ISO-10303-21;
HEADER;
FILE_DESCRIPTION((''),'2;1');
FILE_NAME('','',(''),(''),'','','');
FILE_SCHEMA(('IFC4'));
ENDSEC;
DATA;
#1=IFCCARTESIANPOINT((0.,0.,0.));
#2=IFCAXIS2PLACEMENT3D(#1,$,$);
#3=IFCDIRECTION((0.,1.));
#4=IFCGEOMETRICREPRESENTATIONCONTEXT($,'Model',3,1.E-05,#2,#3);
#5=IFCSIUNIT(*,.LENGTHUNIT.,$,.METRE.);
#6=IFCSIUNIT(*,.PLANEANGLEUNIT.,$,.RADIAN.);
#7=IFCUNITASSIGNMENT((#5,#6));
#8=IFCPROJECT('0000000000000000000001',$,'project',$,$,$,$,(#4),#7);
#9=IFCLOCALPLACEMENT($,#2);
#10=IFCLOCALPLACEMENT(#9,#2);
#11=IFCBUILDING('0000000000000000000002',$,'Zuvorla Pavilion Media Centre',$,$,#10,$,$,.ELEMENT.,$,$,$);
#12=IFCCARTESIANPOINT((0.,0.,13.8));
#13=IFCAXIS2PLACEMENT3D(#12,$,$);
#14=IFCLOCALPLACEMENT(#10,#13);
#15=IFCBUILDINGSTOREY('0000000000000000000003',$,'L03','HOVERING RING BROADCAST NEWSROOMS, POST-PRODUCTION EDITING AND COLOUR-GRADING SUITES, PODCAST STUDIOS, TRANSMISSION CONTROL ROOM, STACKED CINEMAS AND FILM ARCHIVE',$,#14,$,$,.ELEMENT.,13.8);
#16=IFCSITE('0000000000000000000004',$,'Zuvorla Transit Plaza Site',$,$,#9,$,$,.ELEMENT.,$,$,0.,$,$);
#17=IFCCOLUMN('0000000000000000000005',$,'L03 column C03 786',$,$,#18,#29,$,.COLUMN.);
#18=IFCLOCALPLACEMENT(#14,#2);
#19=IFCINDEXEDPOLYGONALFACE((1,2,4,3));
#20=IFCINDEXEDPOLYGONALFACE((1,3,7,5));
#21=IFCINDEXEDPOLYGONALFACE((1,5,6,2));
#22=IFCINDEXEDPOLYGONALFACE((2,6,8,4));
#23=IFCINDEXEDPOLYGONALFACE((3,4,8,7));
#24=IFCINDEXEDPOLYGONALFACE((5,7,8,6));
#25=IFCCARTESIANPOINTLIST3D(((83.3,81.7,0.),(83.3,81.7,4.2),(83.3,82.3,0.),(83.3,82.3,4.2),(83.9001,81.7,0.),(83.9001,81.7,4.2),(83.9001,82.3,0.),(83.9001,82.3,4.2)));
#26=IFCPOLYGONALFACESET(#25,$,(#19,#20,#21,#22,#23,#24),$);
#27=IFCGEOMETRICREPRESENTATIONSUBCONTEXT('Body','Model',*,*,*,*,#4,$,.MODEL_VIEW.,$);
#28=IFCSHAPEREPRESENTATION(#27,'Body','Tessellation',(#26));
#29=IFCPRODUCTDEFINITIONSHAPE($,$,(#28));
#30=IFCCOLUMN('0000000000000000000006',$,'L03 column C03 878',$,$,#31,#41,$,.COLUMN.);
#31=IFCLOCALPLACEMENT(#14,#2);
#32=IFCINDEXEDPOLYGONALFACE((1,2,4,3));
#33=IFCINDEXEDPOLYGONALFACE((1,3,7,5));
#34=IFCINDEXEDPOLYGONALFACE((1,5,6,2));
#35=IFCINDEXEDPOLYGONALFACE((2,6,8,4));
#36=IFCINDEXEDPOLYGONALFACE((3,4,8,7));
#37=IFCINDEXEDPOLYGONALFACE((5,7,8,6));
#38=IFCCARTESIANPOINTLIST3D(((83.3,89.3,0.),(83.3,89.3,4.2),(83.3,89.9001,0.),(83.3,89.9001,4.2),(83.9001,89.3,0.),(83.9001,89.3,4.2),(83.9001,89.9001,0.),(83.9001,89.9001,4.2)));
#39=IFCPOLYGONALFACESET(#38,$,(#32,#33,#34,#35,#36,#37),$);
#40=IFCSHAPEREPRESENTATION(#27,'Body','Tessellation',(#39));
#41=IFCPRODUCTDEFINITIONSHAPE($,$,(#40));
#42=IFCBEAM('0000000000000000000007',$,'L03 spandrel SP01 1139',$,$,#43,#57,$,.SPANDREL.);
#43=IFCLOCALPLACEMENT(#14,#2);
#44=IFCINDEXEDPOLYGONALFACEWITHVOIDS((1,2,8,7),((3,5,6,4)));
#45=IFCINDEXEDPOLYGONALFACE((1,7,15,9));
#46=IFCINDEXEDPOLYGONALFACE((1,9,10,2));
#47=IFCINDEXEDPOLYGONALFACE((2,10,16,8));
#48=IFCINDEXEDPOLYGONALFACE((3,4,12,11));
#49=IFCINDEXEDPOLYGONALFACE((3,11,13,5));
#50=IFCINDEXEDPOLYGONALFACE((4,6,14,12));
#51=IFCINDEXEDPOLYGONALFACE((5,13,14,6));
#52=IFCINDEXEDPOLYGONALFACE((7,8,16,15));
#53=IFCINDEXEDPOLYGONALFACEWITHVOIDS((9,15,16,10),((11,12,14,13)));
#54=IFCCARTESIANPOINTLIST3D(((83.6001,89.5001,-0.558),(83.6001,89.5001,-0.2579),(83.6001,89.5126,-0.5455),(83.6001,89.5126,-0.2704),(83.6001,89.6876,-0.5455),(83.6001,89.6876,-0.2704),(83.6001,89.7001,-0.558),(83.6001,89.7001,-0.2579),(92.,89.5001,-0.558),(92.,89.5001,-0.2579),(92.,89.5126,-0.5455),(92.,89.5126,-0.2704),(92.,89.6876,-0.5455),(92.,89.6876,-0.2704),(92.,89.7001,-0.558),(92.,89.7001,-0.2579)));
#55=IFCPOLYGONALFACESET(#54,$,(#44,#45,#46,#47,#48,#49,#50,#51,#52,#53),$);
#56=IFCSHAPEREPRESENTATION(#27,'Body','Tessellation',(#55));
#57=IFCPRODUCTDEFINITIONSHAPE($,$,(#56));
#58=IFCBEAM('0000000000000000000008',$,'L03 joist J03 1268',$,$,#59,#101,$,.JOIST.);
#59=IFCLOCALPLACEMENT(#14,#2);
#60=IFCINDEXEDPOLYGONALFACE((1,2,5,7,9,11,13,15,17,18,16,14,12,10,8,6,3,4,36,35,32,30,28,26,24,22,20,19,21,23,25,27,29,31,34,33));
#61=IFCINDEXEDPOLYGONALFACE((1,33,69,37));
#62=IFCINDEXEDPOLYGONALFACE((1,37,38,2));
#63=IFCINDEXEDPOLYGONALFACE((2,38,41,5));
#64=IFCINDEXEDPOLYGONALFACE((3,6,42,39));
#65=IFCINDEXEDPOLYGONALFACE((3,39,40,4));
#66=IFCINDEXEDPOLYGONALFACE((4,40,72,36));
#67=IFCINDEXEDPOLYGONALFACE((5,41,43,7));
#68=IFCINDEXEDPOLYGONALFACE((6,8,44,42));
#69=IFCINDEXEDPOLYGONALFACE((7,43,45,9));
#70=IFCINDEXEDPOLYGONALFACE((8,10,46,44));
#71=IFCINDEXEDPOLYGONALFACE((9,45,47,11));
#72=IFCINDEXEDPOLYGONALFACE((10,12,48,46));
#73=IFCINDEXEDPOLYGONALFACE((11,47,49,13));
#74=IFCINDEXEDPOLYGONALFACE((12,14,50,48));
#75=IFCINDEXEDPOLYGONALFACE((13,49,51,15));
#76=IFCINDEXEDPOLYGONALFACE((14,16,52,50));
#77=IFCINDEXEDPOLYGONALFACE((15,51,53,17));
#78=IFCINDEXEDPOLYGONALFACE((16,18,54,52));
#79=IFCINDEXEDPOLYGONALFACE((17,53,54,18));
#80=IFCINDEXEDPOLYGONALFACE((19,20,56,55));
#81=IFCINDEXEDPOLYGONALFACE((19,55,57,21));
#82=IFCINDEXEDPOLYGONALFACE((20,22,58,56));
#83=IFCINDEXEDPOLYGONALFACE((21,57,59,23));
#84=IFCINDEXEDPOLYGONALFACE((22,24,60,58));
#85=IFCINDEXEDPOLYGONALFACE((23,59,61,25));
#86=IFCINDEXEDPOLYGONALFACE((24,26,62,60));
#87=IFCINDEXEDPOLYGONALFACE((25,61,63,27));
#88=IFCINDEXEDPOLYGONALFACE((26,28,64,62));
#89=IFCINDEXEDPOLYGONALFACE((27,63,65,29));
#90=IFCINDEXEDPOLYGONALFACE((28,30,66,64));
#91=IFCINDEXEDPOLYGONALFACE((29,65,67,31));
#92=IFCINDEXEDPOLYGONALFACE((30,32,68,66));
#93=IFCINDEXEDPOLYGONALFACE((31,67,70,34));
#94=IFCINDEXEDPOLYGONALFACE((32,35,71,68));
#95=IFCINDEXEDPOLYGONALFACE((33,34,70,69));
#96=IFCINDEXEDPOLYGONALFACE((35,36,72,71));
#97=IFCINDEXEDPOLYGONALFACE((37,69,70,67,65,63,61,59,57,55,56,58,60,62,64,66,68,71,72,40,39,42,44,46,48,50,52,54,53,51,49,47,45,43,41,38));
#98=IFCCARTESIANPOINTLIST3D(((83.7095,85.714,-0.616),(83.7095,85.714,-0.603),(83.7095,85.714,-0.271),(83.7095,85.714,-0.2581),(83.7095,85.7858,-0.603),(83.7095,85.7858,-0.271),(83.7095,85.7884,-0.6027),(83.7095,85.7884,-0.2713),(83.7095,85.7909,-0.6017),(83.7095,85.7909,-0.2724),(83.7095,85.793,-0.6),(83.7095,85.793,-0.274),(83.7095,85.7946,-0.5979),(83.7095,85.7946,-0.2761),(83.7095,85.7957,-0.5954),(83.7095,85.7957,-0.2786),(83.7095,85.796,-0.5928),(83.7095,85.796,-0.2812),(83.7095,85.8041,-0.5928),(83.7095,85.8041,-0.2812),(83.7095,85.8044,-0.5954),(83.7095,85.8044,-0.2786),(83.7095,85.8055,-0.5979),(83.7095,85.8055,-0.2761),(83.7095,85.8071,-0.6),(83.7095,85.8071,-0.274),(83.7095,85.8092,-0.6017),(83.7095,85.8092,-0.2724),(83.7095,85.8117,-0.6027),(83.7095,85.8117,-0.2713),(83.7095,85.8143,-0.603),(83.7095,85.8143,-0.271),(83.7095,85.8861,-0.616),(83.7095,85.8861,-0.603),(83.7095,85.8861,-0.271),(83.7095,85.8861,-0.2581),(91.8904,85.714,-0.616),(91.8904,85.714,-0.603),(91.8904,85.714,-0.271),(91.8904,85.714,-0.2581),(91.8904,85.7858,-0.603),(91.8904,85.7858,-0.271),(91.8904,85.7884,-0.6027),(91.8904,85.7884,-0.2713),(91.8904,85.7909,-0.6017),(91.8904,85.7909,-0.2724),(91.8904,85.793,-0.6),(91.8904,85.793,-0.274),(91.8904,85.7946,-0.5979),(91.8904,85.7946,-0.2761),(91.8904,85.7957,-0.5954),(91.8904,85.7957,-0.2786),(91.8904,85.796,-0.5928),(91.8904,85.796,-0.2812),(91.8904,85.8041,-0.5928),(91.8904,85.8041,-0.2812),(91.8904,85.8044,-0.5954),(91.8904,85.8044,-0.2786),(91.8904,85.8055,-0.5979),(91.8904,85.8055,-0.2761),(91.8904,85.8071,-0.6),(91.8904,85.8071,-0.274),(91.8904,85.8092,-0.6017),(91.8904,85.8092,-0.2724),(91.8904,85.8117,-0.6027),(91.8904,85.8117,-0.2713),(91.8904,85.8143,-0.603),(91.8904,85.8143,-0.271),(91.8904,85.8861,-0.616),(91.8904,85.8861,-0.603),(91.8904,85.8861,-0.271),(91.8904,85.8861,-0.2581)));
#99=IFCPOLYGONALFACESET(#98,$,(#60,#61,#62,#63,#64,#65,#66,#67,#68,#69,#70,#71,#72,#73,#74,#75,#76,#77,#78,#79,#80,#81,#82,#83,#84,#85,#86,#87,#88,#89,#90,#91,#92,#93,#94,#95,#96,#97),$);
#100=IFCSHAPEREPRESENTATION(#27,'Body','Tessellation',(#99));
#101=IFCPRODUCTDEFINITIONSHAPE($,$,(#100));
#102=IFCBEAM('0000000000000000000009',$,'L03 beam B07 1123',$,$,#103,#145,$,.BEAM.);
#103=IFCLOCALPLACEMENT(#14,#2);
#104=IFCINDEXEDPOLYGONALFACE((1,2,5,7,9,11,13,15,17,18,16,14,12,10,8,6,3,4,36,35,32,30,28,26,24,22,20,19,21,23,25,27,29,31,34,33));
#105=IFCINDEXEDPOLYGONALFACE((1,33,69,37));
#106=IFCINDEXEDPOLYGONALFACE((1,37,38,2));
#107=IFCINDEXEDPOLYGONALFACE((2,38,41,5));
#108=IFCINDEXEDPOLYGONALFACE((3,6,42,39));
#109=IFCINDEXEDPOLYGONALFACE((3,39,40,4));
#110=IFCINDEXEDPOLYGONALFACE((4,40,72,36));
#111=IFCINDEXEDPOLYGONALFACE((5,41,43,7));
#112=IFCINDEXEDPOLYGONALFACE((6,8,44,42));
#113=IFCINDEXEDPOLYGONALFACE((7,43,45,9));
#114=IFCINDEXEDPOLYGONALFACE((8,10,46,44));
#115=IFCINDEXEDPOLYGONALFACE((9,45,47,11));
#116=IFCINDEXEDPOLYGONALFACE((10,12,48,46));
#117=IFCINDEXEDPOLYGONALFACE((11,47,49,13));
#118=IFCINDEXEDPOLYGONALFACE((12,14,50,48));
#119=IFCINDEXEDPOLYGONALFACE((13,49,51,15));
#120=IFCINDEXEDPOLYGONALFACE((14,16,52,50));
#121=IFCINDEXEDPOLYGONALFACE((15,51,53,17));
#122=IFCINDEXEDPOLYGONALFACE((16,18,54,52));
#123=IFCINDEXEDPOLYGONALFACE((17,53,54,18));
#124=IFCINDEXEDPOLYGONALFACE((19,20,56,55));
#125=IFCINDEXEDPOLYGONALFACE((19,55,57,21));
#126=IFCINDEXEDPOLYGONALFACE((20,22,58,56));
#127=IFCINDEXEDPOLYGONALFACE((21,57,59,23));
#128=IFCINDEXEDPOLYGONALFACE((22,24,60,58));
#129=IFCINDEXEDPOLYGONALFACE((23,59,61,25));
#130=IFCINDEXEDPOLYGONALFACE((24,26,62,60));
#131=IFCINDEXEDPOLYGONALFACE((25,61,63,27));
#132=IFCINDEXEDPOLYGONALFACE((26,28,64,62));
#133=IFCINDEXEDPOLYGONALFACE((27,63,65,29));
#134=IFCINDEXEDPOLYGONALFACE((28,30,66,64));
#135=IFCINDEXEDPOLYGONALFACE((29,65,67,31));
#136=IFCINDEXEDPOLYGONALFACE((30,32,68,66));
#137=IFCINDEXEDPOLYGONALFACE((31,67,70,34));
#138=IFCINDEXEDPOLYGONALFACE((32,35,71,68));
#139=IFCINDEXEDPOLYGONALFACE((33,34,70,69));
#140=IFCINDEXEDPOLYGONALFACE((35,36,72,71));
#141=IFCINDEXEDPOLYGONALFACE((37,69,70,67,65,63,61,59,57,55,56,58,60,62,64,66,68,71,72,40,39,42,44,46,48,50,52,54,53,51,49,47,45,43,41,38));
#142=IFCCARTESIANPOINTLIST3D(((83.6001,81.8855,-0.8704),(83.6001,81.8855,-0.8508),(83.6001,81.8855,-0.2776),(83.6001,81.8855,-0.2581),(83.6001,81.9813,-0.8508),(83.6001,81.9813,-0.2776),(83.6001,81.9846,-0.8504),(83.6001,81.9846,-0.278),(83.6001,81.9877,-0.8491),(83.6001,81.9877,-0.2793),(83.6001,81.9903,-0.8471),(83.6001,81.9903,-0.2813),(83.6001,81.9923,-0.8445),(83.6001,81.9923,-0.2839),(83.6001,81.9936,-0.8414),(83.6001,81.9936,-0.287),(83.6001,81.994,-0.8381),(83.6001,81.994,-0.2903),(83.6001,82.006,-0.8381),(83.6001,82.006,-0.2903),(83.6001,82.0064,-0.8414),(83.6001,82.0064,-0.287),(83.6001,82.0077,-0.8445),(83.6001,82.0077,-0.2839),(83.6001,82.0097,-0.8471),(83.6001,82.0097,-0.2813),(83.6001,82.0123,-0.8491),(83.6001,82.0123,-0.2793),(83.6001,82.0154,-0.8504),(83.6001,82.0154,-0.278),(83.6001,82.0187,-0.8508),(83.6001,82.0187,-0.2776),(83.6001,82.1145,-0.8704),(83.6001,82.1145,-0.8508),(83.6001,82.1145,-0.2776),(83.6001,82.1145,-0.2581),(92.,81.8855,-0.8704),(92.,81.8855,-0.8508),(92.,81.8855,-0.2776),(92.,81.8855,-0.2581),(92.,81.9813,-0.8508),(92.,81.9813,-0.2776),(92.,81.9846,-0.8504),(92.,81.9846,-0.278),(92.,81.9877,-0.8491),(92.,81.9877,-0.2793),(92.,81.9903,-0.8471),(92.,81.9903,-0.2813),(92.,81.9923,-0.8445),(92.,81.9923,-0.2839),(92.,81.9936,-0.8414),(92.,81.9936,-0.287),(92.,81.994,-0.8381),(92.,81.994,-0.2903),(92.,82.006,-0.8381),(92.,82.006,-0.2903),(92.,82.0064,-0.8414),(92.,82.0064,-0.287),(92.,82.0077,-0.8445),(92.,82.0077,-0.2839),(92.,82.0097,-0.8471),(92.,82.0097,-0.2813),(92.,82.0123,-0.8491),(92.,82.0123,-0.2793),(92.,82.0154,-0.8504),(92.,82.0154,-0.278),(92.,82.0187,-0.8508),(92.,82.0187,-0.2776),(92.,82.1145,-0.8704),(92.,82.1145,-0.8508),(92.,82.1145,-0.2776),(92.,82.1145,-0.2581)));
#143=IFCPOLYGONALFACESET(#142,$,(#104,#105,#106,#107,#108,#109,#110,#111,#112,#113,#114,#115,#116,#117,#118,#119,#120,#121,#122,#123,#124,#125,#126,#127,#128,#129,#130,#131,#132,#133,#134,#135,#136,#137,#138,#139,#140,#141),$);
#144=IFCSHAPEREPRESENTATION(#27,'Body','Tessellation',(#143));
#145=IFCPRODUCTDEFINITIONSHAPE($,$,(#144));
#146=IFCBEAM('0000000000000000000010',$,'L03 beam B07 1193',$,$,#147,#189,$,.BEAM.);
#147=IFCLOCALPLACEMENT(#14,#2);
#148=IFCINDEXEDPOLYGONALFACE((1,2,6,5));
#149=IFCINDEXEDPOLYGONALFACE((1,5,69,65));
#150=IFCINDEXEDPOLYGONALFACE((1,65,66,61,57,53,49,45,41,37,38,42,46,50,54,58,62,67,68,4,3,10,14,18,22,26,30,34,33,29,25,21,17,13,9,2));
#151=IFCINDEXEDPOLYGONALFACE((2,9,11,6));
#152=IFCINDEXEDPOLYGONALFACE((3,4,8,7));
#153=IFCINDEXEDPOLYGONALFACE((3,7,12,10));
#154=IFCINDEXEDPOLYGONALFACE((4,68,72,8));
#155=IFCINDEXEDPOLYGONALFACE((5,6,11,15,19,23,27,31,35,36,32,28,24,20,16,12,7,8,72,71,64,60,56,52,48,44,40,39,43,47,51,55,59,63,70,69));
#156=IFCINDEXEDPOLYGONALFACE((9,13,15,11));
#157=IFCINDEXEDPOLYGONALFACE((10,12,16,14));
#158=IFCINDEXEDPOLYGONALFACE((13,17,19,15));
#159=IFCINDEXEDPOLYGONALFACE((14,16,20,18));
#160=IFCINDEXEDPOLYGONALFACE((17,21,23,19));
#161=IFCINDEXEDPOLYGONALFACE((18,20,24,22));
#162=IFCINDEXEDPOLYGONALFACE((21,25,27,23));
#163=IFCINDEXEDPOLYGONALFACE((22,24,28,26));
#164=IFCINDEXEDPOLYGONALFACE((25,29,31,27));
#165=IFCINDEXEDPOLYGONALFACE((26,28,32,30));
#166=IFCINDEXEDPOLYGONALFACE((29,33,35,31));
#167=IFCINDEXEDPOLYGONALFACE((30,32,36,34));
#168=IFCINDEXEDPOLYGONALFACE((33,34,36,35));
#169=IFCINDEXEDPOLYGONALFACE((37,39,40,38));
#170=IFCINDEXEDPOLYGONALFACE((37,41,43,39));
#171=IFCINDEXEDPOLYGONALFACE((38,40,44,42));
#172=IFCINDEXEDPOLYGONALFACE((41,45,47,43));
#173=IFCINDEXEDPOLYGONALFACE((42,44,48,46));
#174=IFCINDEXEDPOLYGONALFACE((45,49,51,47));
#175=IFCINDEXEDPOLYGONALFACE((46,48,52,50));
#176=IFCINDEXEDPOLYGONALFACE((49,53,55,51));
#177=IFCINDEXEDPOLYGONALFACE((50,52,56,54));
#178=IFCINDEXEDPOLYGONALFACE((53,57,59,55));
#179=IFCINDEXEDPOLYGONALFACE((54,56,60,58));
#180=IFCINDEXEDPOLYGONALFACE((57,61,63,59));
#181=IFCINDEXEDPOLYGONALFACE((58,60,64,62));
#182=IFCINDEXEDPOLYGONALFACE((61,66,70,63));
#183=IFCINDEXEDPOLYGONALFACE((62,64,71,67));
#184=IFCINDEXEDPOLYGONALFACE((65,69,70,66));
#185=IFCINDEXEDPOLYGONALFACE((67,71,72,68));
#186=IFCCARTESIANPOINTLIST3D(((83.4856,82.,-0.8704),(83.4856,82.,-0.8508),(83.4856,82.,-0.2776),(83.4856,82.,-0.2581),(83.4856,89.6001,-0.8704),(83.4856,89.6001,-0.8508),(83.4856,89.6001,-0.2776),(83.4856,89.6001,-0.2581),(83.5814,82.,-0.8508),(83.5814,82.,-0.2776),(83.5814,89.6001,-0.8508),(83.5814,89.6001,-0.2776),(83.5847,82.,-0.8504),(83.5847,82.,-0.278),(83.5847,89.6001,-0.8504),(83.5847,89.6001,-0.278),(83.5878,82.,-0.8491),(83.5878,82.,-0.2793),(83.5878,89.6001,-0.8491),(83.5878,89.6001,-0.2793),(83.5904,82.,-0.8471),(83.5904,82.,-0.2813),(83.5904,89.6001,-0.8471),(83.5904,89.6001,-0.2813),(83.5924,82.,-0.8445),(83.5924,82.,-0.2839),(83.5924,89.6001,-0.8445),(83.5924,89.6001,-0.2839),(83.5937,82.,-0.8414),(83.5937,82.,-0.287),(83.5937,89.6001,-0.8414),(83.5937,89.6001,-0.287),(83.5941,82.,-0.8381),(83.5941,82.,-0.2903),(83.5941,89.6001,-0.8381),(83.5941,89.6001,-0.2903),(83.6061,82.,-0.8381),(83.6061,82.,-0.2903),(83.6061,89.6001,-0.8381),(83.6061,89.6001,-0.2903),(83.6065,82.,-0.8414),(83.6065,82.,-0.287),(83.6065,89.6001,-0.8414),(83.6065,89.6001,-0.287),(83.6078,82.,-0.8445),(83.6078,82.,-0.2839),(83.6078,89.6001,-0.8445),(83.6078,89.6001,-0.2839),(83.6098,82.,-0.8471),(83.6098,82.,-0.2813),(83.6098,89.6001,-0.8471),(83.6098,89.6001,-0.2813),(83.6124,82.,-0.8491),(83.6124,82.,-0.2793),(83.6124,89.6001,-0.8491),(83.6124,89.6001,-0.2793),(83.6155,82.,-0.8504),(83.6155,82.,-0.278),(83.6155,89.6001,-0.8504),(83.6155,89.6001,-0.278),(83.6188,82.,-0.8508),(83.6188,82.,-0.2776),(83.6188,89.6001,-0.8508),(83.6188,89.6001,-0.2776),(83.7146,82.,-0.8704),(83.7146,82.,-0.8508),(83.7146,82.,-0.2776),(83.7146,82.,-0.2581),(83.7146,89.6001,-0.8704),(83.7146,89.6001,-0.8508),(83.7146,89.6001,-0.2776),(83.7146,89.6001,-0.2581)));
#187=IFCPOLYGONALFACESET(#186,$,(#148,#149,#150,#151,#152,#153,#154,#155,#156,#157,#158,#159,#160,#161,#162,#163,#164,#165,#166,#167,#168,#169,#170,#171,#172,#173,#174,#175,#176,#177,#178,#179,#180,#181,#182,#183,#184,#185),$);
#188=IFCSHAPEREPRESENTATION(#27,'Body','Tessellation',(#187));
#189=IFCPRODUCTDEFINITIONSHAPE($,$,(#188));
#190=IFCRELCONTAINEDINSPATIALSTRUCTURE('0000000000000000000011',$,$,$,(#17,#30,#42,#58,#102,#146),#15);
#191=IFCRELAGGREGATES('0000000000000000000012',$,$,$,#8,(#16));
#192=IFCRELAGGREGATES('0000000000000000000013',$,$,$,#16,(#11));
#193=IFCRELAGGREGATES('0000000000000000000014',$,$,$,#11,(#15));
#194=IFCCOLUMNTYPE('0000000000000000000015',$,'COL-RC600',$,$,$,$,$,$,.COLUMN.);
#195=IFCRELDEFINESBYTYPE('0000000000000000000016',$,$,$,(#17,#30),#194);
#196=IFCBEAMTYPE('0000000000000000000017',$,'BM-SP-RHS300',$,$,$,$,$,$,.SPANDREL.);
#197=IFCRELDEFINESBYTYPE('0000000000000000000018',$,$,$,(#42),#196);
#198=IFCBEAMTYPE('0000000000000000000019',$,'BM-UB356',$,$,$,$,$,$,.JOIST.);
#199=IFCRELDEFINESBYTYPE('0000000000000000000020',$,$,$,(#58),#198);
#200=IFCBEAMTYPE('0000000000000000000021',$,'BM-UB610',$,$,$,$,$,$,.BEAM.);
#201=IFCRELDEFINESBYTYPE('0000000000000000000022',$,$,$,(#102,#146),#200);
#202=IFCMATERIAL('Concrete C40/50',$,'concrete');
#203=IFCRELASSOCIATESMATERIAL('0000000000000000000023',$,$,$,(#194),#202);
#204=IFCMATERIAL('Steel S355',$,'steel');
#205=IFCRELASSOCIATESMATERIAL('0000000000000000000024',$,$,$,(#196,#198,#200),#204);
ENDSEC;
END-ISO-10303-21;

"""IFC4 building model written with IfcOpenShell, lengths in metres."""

from ifc_helpers import new_model, si_unit, direction, frame, origin, origin_2d, place, context, subcontext, project, spatial, rectangle, hollow_rectangle, i_section, extrude, material, material_profile, profile_set, type_object, element, save


model = new_model("IFC4")

# Units and contexts
model_context = context("Model", 3, precision=1e-05, world=origin(), true_north=direction((0.0, 1.0)))
body_context = subcontext(model_context, "Body", "Model", "MODEL_VIEW")
ifc_project = project(units=[si_unit("LENGTHUNIT", "METRE"), si_unit("PLANEANGLEUNIT", "RADIAN")], contexts=[model_context])

# Site, building, storey
site_placement = place(None, origin())
site = spatial("IfcSite", under=ifc_project, at=site_placement, Name="Zuvorla Transit Plaza Site", CompositionType="ELEMENT", RefElevation=0.0)
building_placement = place(site_placement, origin())
building = spatial("IfcBuilding", under=site, at=building_placement, Name="Zuvorla Pavilion Media Centre", CompositionType="ELEMENT")
storey_placement = place(building_placement, frame((0.0, 0.0, 13.8)))
storey = spatial("IfcBuildingStorey", under=building, at=storey_placement, Name="L03", Description="HOVERING RING BROADCAST NEWSROOMS, POST-PRODUCTION EDITING AND COLOUR-GRADING SUITES, PODCAST STUDIOS, TRANSMISSION CONTROL ROOM, STACKED CINEMAS AND FILM ARCHIVE", CompositionType="ELEMENT", Elevation=13.8)

# Columns
ifc_material_1 = material(Name="Concrete C40/50", Category="concrete")
ifc_material_profile_1 = material_profile(ifc_material_1, rectangle(XDim=0.6001, YDim=0.6001, at=origin_2d()), Name="RC 600x600")
ifc_profile_set_1 = profile_set([ifc_material_profile_1], Name="Concrete C40/50")
column_type = type_object("IfcColumnType", Name="COL-RC600", PredefinedType="COLUMN", material=ifc_profile_set_1)
for number, where, z_axis, x_axis, name in (
    (1, (83.6001, 82.0, 0.0), (0.0, 0.0, 1.0), (1.0, 0.0, 0.0), "L03 column C03 786"),
    (2, (83.6001, 89.6001, 0.0), (0.0, 0.0, 1.0), (1.0, 0.0, 0.0), "L03 column C03 878"),
):
    element("IfcColumn", number, at=place(storey_placement, frame(where, z_axis=z_axis, x_axis=x_axis)), inside=storey, type_object=column_type, Name=name, PredefinedType="COLUMN", context=body_context, shape_type="SweptSolid", body=[
        extrude(rectangle(XDim=0.6001, YDim=0.6001, at=origin_2d()), origin(), (0.0, 0.0, 1.0), 4.2),
    ])

# Beams
ifc_material_2 = material(Name="Steel S355", Category="steel")
ifc_material_profile_2 = material_profile(ifc_material_2, hollow_rectangle(XDim=0.2, YDim=0.3, WallThickness=0.0125, at=origin_2d()), Name="RHS 300x200x12.5")
ifc_profile_set_2 = profile_set([ifc_material_profile_2], Name="Steel S355")
beam_type_1 = type_object("IfcBeamType", Name="BM-SP-RHS300", PredefinedType="SPANDREL", material=ifc_profile_set_2)
beam_1_placement = place(storey_placement, frame((83.6001, 89.6001, -0.408), z_axis=(1.0, 0.0, 0.0), x_axis=(0.0, 1.0, 0.0)))
element("IfcBeam", 3, at=beam_1_placement, inside=storey, type_object=beam_type_1, Name="L03 spandrel SP01 1139", PredefinedType="SPANDREL", context=body_context, shape_type="SweptSolid", body=[
    extrude(hollow_rectangle(XDim=0.2, YDim=0.3, WallThickness=0.0125, at=origin_2d()), origin(), (0.0, 0.0, 1.0), 8.3999),
])
ifc_material_profile_3 = material_profile(ifc_material_2, i_section(OverallWidth=0.1721, OverallDepth=0.3579, WebThickness=0.0081, FlangeThickness=0.0129, FilletRadius=0.0103, at=origin_2d()), Name="UB 356x171x57")
ifc_profile_set_3 = profile_set([ifc_material_profile_3], Name="Steel S355")
beam_type_2 = type_object("IfcBeamType", Name="BM-UB356", PredefinedType="JOIST", material=ifc_profile_set_3)
beam_2_placement = place(storey_placement, frame((83.7095, 85.8, -0.437), z_axis=(1.0, 0.0, 0.0), x_axis=(0.0, 1.0, 0.0)))
element("IfcBeam", 4, at=beam_2_placement, inside=storey, type_object=beam_type_2, Name="L03 joist J03 1268", PredefinedType="JOIST", context=body_context, shape_type="SweptSolid", body=[
    extrude(i_section(OverallWidth=0.1721, OverallDepth=0.3579, WebThickness=0.0081, FlangeThickness=0.0129, FilletRadius=0.0103, at=origin_2d()), origin(), (0.0, 0.0, 1.0), 8.1809),
])
ifc_material_profile_4 = material_profile(ifc_material_2, i_section(OverallWidth=0.229, OverallDepth=0.6123, WebThickness=0.012, FlangeThickness=0.0195, FilletRadius=0.0127, at=origin_2d()), Name="UB 610x229x125")
ifc_profile_set_4 = profile_set([ifc_material_profile_4], Name="Steel S355")
beam_type_3 = type_object("IfcBeamType", Name="BM-UB610", PredefinedType="BEAM", material=ifc_profile_set_4)
beam_3_placement = place(storey_placement, frame((83.6001, 82.0, -0.5642), z_axis=(1.0, 0.0, 0.0), x_axis=(0.0, 1.0, 0.0)))
element("IfcBeam", 5, at=beam_3_placement, inside=storey, type_object=beam_type_3, Name="L03 beam B07 1123", PredefinedType="BEAM", context=body_context, shape_type="SweptSolid", body=[
    extrude(i_section(OverallWidth=0.229, OverallDepth=0.6123, WebThickness=0.012, FlangeThickness=0.0195, FilletRadius=0.0127, at=origin_2d()), origin(), (0.0, 0.0, 1.0), 8.3999),
])
beam_4_placement = place(storey_placement, frame((83.6001, 82.0, -0.5642), z_axis=(0.0, 1.0, 0.0), x_axis=(-1.0, 0.0, 0.0)))
element("IfcBeam", 6, at=beam_4_placement, inside=storey, type_object=beam_type_3, Name="L03 beam B07 1193", PredefinedType="BEAM", context=body_context, shape_type="SweptSolid", body=[
    extrude(i_section(OverallWidth=0.229, OverallDepth=0.6123, WebThickness=0.012, FlangeThickness=0.0195, FilletRadius=0.0127, at=origin_2d()), origin(), (0.0, 0.0, 1.0), 7.6001),
])

save(model, "model.ifc")
